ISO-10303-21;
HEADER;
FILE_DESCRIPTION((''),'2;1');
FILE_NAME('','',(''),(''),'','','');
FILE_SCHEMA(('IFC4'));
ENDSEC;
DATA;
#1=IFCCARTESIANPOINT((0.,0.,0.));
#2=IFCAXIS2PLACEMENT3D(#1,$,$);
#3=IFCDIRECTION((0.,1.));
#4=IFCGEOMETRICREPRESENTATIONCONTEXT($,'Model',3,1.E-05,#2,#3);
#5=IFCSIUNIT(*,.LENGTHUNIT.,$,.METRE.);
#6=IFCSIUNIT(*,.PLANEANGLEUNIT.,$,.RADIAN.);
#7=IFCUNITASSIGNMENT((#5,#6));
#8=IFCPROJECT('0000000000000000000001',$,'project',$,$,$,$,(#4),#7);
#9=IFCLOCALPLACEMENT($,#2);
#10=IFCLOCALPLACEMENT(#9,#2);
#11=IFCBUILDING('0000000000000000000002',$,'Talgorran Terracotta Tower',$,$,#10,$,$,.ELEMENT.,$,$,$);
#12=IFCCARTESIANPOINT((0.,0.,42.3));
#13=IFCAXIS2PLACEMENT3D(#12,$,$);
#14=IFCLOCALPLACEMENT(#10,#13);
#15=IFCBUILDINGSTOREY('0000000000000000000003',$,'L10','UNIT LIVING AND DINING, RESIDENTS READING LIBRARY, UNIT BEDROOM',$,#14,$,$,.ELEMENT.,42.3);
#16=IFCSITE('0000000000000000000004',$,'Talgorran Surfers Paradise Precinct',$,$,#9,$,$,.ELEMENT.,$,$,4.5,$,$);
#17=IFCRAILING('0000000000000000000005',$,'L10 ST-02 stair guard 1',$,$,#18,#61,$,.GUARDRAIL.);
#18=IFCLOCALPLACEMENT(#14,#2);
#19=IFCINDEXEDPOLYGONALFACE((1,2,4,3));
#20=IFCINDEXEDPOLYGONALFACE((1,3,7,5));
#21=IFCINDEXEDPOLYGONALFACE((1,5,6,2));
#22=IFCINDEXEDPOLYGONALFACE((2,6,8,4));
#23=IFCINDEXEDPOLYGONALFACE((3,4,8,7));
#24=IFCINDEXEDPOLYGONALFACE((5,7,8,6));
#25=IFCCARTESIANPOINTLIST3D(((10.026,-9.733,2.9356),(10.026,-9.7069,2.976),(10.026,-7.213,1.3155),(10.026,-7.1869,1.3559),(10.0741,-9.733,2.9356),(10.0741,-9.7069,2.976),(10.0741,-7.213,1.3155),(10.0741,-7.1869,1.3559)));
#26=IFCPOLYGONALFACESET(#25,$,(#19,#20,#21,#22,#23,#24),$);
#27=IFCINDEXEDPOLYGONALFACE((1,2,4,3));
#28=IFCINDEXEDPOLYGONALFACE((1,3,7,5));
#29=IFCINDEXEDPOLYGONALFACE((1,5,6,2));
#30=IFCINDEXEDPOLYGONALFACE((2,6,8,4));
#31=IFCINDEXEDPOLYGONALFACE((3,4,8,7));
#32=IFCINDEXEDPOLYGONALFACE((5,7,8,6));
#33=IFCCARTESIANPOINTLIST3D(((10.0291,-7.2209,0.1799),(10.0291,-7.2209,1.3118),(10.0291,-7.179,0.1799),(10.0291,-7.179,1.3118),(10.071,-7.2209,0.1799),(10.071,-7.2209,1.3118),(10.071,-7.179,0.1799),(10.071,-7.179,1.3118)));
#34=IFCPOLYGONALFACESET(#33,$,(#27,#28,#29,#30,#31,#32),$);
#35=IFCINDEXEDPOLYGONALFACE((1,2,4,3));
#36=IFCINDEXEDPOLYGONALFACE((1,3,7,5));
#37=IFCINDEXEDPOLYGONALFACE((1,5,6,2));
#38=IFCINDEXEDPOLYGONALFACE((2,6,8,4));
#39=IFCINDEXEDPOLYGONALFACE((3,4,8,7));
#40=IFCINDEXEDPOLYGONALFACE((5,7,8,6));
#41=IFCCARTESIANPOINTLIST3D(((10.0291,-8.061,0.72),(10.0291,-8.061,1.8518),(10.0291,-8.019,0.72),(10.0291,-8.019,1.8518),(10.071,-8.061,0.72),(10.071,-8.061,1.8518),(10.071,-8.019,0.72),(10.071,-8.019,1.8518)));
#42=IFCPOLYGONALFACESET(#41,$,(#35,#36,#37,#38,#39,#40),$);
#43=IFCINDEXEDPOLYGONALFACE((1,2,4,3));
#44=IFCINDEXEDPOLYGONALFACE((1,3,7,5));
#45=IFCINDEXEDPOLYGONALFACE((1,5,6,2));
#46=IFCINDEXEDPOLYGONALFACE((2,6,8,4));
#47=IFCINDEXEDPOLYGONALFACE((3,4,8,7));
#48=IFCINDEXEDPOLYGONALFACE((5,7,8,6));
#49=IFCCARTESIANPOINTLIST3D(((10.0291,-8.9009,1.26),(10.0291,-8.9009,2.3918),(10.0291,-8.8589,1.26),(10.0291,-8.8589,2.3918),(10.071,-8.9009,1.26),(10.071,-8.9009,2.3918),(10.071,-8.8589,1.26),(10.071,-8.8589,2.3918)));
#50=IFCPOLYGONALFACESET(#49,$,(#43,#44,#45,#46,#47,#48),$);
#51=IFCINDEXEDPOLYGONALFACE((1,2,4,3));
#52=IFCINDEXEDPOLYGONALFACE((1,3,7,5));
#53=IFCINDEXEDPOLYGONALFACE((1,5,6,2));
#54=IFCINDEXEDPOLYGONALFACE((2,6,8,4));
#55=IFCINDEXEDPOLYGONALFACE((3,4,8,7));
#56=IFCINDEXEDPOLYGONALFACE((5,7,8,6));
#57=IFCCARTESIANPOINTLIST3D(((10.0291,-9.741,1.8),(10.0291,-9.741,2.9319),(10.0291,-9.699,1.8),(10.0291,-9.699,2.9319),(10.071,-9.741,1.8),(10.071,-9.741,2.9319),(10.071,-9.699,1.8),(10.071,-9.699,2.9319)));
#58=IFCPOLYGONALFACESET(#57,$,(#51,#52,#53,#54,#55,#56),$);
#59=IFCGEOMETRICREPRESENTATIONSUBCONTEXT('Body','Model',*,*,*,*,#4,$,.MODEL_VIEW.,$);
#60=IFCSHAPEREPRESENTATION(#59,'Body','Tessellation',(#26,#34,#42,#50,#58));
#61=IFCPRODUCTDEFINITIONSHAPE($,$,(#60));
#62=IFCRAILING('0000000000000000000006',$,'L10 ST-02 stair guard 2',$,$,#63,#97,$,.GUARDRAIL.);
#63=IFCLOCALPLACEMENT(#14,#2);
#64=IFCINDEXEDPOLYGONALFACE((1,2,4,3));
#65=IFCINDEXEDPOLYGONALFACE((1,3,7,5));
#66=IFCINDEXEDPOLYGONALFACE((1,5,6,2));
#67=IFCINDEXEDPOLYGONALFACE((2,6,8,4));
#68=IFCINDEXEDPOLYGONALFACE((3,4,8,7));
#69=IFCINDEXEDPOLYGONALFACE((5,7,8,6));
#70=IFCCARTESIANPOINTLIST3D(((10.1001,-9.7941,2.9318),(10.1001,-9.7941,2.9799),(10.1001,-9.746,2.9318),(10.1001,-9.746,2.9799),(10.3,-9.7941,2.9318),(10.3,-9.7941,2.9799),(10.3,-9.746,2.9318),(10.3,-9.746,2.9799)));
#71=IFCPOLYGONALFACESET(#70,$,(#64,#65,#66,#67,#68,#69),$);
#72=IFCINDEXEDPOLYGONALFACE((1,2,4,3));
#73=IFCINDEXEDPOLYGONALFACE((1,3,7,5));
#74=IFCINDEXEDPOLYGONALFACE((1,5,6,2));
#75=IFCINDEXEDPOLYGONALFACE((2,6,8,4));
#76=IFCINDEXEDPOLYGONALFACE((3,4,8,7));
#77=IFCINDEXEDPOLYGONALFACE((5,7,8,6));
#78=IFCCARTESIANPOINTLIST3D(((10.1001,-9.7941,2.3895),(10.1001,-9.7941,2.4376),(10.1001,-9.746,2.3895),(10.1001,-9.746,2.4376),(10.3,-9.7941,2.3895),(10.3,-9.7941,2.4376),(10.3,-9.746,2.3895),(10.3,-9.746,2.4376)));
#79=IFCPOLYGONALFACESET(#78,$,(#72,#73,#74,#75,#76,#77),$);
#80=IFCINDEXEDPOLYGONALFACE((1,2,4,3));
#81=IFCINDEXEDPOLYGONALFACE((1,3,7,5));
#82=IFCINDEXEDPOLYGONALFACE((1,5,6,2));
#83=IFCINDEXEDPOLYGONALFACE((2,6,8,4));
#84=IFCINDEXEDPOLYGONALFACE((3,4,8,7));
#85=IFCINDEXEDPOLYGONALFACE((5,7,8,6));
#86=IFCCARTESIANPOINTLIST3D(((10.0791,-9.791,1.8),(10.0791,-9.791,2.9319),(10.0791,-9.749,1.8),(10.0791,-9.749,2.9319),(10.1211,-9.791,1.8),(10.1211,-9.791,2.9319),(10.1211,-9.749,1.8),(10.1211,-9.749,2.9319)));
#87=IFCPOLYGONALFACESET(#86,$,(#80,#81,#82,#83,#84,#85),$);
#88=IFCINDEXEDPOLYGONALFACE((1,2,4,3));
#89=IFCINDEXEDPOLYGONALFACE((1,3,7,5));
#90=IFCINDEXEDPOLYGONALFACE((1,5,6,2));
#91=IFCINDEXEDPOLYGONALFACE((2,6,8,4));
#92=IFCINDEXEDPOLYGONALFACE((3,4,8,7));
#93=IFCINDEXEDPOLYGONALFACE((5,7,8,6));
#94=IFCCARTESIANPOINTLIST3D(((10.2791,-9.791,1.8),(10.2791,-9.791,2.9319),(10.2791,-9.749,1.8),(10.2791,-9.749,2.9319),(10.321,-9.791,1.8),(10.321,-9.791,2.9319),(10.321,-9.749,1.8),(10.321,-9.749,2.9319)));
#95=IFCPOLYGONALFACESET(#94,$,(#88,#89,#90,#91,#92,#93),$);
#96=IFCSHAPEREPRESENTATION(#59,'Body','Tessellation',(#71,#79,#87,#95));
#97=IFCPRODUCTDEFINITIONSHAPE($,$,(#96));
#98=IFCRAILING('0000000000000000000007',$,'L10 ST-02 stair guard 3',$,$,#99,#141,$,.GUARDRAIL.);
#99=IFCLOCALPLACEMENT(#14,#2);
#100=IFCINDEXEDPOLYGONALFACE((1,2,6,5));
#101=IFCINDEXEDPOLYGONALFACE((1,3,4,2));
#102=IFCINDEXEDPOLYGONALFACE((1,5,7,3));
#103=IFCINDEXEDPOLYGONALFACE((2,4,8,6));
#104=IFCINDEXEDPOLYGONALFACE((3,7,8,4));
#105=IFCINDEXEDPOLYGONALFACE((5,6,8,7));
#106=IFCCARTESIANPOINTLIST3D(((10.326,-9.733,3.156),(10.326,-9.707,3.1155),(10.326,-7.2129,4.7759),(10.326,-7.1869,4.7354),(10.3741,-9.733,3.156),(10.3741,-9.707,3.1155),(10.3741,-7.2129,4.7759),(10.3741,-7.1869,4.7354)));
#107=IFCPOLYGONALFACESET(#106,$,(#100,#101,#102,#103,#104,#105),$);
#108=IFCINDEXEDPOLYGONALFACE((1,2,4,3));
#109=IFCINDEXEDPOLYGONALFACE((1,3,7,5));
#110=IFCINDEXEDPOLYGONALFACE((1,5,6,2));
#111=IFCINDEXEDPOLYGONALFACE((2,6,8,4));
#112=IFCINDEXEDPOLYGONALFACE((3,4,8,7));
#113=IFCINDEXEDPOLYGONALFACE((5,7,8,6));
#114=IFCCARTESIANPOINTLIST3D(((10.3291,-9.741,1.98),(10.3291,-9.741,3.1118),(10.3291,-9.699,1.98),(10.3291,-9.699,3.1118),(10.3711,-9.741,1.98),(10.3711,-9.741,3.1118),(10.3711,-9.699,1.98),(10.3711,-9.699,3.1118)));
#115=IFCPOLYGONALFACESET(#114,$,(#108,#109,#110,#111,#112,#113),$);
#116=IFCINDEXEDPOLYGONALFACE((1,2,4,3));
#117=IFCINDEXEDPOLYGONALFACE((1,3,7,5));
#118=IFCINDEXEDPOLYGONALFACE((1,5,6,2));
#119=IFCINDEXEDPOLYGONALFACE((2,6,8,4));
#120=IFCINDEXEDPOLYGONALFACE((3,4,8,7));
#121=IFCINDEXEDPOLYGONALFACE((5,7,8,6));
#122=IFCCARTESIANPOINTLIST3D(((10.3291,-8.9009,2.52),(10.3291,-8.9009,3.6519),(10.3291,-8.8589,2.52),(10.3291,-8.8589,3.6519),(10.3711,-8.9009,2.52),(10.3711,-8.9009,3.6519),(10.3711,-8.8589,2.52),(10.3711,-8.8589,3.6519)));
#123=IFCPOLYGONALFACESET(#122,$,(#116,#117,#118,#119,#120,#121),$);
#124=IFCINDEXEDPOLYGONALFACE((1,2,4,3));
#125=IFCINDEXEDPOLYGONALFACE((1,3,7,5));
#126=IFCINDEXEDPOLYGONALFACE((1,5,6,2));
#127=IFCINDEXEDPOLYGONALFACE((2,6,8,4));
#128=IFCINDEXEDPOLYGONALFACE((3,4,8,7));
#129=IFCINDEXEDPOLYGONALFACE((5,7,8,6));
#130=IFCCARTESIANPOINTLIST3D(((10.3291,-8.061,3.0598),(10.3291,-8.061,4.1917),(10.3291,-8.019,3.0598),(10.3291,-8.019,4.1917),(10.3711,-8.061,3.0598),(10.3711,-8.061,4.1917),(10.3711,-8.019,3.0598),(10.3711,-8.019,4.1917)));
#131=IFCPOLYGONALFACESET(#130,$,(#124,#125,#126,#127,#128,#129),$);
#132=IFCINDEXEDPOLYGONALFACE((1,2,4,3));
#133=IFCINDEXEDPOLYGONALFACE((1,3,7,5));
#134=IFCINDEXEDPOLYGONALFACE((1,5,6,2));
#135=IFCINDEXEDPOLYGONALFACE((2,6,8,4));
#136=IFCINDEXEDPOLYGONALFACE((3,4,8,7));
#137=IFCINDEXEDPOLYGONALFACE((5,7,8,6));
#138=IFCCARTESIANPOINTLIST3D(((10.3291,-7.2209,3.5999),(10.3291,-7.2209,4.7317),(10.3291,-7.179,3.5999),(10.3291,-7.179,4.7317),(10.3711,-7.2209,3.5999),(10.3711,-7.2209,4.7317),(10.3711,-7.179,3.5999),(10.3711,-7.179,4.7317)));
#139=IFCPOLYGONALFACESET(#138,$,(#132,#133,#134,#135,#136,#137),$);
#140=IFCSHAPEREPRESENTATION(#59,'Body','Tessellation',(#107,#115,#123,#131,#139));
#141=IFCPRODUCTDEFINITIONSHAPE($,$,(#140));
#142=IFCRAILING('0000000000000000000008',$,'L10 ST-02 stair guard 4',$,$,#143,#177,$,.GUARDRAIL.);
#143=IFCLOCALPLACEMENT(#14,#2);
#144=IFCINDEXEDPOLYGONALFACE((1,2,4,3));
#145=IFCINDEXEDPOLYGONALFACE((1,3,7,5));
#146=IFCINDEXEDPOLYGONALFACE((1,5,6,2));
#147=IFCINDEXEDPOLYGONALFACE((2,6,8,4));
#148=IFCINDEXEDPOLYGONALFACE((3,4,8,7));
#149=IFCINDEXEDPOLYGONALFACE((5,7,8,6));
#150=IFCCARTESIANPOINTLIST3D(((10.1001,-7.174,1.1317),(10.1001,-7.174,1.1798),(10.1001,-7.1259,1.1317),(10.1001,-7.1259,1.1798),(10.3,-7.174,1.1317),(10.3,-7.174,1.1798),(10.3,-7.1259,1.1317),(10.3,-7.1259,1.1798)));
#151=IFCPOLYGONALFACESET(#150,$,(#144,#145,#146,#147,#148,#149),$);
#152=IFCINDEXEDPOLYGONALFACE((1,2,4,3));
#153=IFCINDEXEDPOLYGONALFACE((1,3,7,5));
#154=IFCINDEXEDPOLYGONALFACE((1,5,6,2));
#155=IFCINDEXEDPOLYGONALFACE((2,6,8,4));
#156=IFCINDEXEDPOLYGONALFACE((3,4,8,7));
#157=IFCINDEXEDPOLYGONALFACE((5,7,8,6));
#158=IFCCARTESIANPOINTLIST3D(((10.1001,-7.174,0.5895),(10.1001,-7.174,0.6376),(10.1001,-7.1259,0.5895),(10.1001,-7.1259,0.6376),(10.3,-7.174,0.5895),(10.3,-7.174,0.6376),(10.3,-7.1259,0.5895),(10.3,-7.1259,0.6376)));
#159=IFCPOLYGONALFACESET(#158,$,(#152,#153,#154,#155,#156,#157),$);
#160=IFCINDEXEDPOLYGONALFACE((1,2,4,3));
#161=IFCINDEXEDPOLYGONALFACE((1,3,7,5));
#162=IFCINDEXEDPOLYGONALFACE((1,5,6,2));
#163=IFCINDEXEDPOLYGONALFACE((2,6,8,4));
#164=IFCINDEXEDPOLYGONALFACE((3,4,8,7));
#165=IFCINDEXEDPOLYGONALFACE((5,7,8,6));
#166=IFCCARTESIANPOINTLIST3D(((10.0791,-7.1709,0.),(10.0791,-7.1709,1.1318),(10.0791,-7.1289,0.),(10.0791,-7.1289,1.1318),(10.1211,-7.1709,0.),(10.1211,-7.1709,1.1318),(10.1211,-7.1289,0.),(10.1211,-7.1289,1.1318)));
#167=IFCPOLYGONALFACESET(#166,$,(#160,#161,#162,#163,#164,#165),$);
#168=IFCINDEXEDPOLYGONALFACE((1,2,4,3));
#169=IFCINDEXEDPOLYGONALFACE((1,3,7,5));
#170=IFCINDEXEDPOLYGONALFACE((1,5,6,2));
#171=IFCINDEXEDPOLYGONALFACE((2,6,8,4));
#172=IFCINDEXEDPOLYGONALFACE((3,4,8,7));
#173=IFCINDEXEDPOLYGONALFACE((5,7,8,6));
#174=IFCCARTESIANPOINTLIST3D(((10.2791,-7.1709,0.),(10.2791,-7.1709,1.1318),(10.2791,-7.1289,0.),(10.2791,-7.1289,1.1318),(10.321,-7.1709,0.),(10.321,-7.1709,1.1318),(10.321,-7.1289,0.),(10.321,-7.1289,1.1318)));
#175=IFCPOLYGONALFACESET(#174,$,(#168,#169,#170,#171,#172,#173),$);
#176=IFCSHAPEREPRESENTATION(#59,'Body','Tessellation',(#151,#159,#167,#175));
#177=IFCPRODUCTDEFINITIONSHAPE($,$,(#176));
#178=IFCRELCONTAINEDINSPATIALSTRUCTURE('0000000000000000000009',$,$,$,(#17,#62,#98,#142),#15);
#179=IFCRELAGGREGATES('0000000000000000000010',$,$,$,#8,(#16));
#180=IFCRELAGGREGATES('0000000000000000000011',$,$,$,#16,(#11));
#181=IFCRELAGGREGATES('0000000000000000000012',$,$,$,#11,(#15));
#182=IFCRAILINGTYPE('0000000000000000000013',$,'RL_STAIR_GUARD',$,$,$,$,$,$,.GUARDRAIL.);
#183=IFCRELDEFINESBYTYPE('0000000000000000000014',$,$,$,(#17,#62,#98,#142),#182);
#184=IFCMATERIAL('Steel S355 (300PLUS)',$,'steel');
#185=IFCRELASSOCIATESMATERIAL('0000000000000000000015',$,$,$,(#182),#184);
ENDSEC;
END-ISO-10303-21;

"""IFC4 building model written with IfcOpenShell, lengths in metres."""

from ifc_helpers import new_model, si_unit, direction, frame, origin, origin_2d, place, context, subcontext, project, spatial, rectangle, extrude, material, type_object, element, save


model = new_model("IFC4")

# Units and contexts
model_context = context("Model", 3, precision=1e-05, world=origin(), true_north=direction((0.0, 1.0)))
body_context = subcontext(model_context, "Body", "Model", "MODEL_VIEW")
ifc_project = project(units=[si_unit("LENGTHUNIT", "METRE"), si_unit("PLANEANGLEUNIT", "RADIAN")], contexts=[model_context])

# Site, building, storey
site_placement = place(None, origin())
site = spatial("IfcSite", under=ifc_project, at=site_placement, Name="Talgorran Surfers Paradise Precinct", CompositionType="ELEMENT", RefElevation=4.5)
building_placement = place(site_placement, origin())
building = spatial("IfcBuilding", under=site, at=building_placement, Name="Talgorran Terracotta Tower", CompositionType="ELEMENT")
storey_placement = place(building_placement, frame((0.0, 0.0, 42.3)))
storey = spatial("IfcBuildingStorey", under=building, at=storey_placement, Name="L10", Description="UNIT LIVING AND DINING, RESIDENTS READING LIBRARY, UNIT BEDROOM", CompositionType="ELEMENT", Elevation=42.3)

# Railings
ifc_material_1 = material(Name="Steel S355 (300PLUS)", Category="steel")
railing_type_1 = type_object("IfcRailingType", Name="RL_STAIR_GUARD", PredefinedType="GUARDRAIL", material=ifc_material_1)
railing_1_placement = place(storey_placement, frame((10.05, -7.2, 0.1799)))
element("IfcRailing", 1, at=railing_1_placement, inside=storey, type_object=railing_type_1, Name="L10 ST-02 stair guard 1", PredefinedType="GUARDRAIL", context=body_context, shape_type="SweptSolid", body=[
    extrude(rectangle(XDim=0.0481, YDim=0.0481, at=origin_2d()), frame((0.0, 0.0, 1.1558), z_axis=(0.0, -0.841163, 0.540782), x_axis=(1.0, 0.0, 0.0)), (0.0, 0.0, 1.0), 2.9958),
    extrude(rectangle(XDim=0.042, YDim=0.042, at=origin_2d()), origin(), (0.0, 0.0, 1.0), 1.1318),
    extrude(rectangle(XDim=0.042, YDim=0.042, at=origin_2d()), frame((0.0, -0.8401, 0.54)), (0.0, 0.0, 1.0), 1.1318),
    extrude(rectangle(XDim=0.042, YDim=0.042, at=origin_2d()), frame((0.0, -1.6799, 1.0801)), (0.0, 0.0, 1.0), 1.1318),
    extrude(rectangle(XDim=0.042, YDim=0.042, at=origin_2d()), frame((0.0, -2.52, 1.6201)), (0.0, 0.0, 1.0), 1.1318),
])
railing_2_placement = place(storey_placement, frame((10.1001, -9.77, 1.8)))
element("IfcRailing", 2, at=railing_2_placement, inside=storey, type_object=railing_type_1, Name="L10 ST-02 stair guard 2", PredefinedType="GUARDRAIL", context=body_context, shape_type="SweptSolid", body=[
    extrude(rectangle(XDim=0.0481, YDim=0.0481, at=origin_2d()), frame((0.0, 0.0, 1.1558), z_axis=(1.0, 0.0, 0.0), x_axis=(0.0, 1.0, 0.0)), (0.0, 0.0, 1.0), 0.2),
    extrude(rectangle(XDim=0.0481, YDim=0.0481, at=origin_2d()), frame((0.0, 0.0, 0.6135), z_axis=(1.0, 0.0, 0.0), x_axis=(0.0, 1.0, 0.0)), (0.0, 0.0, 1.0), 0.2),
    extrude(rectangle(XDim=0.042, YDim=0.042, at=origin_2d()), origin(), (0.0, 0.0, 1.0), 1.1318),
    extrude(rectangle(XDim=0.042, YDim=0.042, at=origin_2d()), frame((0.2, 0.0, 0.0)), (0.0, 0.0, 1.0), 1.1318),
])
railing_3_placement = place(storey_placement, frame((10.3501, -9.72, 1.98)))
element("IfcRailing", 3, at=railing_3_placement, inside=storey, type_object=railing_type_1, Name="L10 ST-02 stair guard 3", PredefinedType="GUARDRAIL", context=body_context, shape_type="SweptSolid", body=[
    extrude(rectangle(XDim=0.0481, YDim=0.0481, at=origin_2d()), frame((0.0, 0.0, 1.1558), z_axis=(0.0, 0.8412, 0.540725), x_axis=(-1.0, 0.0, 0.0)), (0.0, 0.0, 1.0), 2.9958),
    extrude(rectangle(XDim=0.042, YDim=0.042, at=origin_2d()), origin(), (0.0, 0.0, 1.0), 1.1318),
    extrude(rectangle(XDim=0.042, YDim=0.042, at=origin_2d()), frame((0.0, 0.8401, 0.54)), (0.0, 0.0, 1.0), 1.1318),
    extrude(rectangle(XDim=0.042, YDim=0.042, at=origin_2d()), frame((0.0, 1.6799, 1.0798)), (0.0, 0.0, 1.0), 1.1318),
    extrude(rectangle(XDim=0.042, YDim=0.042, at=origin_2d()), frame((0.0, 2.52, 1.6199)), (0.0, 0.0, 1.0), 1.1318),
])
railing_4_placement = place(storey_placement, frame((10.1001, -7.1499, 0.0)))
element("IfcRailing", 4, at=railing_4_placement, inside=storey, type_object=railing_type_1, Name="L10 ST-02 stair guard 4", PredefinedType="GUARDRAIL", context=body_context, shape_type="SweptSolid", body=[
    extrude(rectangle(XDim=0.0481, YDim=0.0481, at=origin_2d()), frame((0.0, 0.0, 1.1558), z_axis=(1.0, 0.0, 0.0), x_axis=(0.0, 1.0, 0.0)), (0.0, 0.0, 1.0), 0.2),
    extrude(rectangle(XDim=0.0481, YDim=0.0481, at=origin_2d()), frame((0.0, 0.0, 0.6135), z_axis=(1.0, 0.0, 0.0), x_axis=(0.0, 1.0, 0.0)), (0.0, 0.0, 1.0), 0.2),
    extrude(rectangle(XDim=0.042, YDim=0.042, at=origin_2d()), origin(), (0.0, 0.0, 1.0), 1.1318),
    extrude(rectangle(XDim=0.042, YDim=0.042, at=origin_2d()), frame((0.2, 0.0, 0.0)), (0.0, 0.0, 1.0), 1.1318),
])

save(model, "model.ifc")
